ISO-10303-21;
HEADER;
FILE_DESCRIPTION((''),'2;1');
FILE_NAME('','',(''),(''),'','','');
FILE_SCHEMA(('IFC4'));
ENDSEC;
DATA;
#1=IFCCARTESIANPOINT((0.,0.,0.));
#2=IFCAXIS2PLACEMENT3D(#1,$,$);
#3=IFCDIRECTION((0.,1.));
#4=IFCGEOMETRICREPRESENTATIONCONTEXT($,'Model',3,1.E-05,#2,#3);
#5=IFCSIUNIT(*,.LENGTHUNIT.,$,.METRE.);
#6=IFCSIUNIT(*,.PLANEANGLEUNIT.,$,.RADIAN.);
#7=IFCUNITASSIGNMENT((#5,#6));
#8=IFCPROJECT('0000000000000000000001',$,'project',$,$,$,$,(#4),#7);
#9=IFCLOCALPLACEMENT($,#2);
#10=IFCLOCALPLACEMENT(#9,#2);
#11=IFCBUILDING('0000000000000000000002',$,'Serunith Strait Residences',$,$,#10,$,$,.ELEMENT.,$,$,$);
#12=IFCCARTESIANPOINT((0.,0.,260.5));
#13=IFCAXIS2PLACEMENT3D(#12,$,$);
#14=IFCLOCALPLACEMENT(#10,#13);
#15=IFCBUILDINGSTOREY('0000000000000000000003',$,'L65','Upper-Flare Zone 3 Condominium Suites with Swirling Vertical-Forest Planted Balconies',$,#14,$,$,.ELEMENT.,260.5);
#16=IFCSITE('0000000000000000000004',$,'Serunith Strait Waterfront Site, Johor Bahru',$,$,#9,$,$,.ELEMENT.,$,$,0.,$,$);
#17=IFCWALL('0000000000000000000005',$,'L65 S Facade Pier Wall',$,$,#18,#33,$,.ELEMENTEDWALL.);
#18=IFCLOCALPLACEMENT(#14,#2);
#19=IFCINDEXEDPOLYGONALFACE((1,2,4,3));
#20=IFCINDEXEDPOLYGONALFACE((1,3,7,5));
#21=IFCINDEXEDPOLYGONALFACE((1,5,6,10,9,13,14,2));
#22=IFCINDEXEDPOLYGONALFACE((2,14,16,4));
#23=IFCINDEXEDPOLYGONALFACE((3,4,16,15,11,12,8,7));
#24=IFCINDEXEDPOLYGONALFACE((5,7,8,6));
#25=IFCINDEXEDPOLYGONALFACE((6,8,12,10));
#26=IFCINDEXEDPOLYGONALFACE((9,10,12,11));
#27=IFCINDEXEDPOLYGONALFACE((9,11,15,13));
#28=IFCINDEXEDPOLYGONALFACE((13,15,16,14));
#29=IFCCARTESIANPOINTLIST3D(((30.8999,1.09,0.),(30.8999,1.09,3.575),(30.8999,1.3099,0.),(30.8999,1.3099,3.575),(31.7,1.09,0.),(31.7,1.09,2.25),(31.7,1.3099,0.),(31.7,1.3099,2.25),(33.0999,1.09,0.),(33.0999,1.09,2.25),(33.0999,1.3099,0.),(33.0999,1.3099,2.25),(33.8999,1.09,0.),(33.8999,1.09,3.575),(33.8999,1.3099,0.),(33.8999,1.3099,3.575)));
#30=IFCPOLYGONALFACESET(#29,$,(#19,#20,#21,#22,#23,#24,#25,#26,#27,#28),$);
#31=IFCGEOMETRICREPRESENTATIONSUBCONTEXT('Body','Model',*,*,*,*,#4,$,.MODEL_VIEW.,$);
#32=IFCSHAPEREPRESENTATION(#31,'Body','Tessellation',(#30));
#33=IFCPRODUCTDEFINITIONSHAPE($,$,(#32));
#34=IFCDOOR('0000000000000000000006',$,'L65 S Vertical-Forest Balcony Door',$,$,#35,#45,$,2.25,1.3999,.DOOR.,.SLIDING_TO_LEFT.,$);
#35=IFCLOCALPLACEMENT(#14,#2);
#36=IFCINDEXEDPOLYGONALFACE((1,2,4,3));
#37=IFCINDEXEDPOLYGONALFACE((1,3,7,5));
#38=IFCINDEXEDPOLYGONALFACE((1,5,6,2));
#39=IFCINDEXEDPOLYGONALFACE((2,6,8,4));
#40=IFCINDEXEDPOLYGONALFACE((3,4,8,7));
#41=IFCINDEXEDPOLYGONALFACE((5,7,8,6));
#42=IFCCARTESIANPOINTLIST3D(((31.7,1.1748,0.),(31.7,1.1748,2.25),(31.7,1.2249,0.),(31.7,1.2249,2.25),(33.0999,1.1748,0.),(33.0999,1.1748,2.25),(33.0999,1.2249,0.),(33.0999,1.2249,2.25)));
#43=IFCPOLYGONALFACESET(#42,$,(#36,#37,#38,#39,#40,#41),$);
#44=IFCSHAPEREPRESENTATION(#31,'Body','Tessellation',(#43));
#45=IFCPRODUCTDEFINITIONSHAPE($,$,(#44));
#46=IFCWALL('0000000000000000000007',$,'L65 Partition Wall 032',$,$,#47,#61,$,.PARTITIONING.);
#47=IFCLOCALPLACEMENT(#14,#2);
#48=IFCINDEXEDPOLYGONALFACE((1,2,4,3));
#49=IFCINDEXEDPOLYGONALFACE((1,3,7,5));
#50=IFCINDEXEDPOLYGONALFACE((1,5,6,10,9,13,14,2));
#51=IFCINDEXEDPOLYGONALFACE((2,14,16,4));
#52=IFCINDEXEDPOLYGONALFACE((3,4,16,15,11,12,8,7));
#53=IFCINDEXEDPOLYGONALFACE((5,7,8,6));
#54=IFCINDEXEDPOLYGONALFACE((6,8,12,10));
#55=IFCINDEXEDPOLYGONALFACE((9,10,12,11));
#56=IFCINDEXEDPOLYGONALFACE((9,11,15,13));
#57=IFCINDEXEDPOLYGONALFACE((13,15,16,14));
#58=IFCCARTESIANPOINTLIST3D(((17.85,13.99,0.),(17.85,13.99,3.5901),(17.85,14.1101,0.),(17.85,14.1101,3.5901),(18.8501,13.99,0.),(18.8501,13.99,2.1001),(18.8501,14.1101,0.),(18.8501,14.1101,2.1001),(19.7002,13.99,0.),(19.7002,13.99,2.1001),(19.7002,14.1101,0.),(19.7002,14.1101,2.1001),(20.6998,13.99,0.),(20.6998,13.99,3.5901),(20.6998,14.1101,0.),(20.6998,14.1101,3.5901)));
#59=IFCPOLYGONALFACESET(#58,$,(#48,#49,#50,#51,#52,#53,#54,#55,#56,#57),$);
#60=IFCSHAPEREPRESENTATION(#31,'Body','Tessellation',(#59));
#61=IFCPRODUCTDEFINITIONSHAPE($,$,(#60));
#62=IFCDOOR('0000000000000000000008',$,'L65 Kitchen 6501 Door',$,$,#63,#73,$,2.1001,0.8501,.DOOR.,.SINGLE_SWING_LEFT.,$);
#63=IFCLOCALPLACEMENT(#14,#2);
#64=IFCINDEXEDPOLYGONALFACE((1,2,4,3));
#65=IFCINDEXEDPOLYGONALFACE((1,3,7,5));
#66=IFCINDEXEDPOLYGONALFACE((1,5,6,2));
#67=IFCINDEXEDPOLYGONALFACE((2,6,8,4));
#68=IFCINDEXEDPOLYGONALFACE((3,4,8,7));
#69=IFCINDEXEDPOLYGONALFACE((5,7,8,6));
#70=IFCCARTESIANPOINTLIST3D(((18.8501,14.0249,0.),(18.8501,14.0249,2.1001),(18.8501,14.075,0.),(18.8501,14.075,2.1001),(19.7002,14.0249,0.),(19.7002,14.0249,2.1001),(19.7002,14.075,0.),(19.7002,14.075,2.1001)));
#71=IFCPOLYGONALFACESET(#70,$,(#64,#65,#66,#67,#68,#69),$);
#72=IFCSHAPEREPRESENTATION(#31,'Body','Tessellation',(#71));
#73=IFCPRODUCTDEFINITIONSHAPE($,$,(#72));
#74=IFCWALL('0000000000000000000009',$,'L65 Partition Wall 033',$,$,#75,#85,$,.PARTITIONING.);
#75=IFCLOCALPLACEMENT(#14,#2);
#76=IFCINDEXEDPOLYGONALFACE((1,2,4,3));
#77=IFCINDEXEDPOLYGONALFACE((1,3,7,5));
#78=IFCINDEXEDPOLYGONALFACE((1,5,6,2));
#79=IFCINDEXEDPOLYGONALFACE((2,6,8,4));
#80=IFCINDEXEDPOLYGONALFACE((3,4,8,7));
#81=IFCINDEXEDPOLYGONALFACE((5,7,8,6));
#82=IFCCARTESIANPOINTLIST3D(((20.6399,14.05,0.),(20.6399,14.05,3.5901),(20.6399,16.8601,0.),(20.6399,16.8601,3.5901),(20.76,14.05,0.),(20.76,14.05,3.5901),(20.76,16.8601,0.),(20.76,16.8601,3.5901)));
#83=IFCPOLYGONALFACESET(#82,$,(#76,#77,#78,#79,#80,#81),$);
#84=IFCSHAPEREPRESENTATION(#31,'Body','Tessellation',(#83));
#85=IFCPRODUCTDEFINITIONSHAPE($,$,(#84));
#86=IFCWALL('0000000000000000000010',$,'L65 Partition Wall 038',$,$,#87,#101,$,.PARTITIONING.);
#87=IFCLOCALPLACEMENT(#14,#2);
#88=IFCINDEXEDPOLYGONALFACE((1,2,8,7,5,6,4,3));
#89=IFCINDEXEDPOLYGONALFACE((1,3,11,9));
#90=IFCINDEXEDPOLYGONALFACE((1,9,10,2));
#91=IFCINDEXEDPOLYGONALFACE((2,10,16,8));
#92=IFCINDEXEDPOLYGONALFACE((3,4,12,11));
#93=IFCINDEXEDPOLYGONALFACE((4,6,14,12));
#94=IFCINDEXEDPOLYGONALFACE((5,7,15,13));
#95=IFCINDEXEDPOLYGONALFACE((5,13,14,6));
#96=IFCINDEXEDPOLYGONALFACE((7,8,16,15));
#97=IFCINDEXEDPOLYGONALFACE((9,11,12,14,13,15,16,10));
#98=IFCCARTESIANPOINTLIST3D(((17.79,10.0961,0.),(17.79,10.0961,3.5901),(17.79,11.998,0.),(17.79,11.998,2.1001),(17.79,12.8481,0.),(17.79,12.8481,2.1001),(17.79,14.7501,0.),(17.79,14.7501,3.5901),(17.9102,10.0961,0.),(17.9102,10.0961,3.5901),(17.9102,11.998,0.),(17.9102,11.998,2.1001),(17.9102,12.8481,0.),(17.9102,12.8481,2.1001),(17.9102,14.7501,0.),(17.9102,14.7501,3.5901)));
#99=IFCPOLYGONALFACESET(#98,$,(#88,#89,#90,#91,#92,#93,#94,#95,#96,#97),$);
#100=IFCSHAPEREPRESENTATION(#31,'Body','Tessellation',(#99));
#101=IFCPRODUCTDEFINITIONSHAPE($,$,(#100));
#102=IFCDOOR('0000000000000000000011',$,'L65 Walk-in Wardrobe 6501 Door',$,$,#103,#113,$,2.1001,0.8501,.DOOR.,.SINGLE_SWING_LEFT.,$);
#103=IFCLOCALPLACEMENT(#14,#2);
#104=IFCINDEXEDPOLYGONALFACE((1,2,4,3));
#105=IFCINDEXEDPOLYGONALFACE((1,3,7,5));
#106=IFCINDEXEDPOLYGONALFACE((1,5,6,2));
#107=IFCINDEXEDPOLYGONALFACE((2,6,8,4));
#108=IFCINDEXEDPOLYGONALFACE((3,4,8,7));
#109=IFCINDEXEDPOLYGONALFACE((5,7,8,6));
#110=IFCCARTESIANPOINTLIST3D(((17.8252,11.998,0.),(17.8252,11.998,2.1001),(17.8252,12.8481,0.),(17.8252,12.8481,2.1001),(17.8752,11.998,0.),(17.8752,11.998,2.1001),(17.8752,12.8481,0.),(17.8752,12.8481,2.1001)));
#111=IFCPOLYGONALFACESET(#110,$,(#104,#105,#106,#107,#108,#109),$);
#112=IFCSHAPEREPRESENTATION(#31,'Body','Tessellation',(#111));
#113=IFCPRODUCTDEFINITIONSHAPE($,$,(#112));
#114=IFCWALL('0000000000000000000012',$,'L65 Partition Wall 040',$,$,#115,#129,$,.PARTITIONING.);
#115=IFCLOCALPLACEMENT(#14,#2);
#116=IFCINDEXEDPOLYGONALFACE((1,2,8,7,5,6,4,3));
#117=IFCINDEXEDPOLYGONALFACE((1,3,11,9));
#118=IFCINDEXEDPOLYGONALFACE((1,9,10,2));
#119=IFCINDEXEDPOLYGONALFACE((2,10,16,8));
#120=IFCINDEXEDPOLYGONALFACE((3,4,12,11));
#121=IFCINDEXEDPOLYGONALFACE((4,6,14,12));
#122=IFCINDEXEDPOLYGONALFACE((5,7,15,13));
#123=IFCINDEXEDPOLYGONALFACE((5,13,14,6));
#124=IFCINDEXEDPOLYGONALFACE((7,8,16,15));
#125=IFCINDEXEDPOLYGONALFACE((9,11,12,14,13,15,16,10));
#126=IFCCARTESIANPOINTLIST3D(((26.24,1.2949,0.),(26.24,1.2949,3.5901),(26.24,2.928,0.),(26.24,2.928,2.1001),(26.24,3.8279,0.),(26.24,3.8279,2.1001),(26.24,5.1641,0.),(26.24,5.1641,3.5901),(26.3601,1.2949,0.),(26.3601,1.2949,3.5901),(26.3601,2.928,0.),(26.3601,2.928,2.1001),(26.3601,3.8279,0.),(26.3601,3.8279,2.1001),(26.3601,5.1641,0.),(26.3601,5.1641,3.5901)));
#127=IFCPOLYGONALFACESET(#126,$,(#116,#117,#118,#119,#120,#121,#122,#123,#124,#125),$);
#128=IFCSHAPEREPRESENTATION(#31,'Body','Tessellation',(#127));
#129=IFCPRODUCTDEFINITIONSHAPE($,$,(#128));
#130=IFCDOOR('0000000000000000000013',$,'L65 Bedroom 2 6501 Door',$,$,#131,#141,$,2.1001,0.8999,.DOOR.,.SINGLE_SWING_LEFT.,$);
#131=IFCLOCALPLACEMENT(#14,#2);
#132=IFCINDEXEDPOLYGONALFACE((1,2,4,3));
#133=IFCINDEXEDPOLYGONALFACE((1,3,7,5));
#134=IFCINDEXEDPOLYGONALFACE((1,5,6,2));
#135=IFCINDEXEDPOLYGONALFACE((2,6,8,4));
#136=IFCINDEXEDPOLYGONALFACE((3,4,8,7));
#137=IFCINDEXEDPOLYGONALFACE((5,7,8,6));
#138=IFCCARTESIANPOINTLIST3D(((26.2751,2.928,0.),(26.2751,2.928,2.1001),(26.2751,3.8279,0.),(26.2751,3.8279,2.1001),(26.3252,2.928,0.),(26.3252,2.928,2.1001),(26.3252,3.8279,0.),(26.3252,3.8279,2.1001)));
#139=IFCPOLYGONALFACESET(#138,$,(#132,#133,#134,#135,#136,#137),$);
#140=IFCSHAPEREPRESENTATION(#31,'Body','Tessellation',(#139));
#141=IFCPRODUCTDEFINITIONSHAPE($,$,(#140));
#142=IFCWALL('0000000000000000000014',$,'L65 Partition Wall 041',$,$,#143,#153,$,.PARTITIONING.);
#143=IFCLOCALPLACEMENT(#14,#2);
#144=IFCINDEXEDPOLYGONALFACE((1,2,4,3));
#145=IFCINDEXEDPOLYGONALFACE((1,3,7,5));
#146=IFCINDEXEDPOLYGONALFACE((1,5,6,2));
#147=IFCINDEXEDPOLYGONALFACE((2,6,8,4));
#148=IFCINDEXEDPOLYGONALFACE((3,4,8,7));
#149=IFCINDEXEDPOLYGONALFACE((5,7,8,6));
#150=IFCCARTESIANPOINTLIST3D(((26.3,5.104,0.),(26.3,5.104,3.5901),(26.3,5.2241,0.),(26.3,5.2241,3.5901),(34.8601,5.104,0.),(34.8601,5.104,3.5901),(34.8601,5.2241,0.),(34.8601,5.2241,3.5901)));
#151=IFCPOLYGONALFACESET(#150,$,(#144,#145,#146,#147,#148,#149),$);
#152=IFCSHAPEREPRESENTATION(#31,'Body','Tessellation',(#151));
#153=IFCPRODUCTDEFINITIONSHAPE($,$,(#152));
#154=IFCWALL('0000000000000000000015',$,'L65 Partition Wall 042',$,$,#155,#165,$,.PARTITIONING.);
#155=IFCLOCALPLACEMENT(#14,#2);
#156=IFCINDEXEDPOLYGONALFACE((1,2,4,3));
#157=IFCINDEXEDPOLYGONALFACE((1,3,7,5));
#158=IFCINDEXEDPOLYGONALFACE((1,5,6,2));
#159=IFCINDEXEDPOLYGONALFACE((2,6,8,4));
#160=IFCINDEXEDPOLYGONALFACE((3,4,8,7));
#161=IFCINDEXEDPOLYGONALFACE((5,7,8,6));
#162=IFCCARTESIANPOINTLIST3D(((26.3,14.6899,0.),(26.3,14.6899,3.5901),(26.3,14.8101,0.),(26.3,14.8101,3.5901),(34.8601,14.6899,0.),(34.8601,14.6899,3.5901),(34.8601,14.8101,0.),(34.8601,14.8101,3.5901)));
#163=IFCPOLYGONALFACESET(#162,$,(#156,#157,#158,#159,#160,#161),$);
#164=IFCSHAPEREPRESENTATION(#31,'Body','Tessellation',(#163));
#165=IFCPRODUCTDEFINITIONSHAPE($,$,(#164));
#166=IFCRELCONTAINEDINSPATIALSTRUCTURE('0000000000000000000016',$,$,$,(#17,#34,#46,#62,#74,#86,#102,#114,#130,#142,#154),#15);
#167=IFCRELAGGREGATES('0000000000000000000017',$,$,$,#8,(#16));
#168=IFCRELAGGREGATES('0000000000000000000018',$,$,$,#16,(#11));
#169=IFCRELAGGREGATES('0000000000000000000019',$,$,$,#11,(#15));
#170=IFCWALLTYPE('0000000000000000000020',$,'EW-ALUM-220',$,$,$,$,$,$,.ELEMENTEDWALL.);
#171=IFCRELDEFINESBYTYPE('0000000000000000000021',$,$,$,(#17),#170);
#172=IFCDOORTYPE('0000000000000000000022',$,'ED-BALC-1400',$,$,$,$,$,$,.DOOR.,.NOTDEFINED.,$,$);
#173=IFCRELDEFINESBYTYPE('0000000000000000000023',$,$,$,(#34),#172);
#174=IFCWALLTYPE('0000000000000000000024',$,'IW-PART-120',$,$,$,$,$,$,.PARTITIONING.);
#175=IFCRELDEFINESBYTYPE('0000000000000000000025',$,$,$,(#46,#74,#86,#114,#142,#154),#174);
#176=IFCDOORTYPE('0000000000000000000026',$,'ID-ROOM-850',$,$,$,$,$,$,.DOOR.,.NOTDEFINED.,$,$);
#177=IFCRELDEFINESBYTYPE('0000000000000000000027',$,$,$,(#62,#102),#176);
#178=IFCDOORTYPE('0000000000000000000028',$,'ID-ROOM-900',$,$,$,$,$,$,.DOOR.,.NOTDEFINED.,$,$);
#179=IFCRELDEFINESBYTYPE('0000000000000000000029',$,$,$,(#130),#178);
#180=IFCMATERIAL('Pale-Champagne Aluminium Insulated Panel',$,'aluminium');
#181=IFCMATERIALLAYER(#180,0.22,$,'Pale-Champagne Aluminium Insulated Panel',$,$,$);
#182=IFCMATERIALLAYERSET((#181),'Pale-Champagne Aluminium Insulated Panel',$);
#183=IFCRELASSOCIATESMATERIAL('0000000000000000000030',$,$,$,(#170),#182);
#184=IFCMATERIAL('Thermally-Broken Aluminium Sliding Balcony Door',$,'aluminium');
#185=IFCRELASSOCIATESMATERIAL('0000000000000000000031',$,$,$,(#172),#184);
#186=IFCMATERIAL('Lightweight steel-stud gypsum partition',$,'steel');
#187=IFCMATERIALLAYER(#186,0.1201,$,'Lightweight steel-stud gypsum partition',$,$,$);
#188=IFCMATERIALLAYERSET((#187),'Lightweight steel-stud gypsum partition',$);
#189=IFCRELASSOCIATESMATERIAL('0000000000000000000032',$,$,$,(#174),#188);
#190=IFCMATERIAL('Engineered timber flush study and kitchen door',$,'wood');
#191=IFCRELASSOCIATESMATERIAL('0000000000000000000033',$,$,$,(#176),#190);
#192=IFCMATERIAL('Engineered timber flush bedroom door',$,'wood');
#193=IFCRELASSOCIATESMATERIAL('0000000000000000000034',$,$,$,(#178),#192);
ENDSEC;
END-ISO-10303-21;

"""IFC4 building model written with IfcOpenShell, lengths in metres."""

from ifc_helpers import new_model, si_unit, direction, frame, frame_2d, origin, place, context, subcontext, project, spatial, rectangle, extrude, source, transform, mapped, material, layer, layer_set, type_object, element, fill, save


model = new_model("IFC4")

# Units and contexts
model_context = context("Model", 3, precision=1e-05, world=origin(), true_north=direction((0.0, 1.0)))
body_context = subcontext(model_context, "Body", "Model", "MODEL_VIEW")
ifc_project = project(units=[si_unit("LENGTHUNIT", "METRE"), si_unit("PLANEANGLEUNIT", "RADIAN")], contexts=[model_context])

# Site, building, storey
site_placement = place(None, origin())
site = spatial("IfcSite", under=ifc_project, at=site_placement, Name="Serunith Strait Waterfront Site, Johor Bahru", CompositionType="ELEMENT", RefElevation=0.0)
building_placement = place(site_placement, origin())
building = spatial("IfcBuilding", under=site, at=building_placement, Name="Serunith Strait Residences", CompositionType="ELEMENT")
storey_placement = place(building_placement, frame((0.0, 0.0, 260.5)))
storey = spatial("IfcBuildingStorey", under=building, at=storey_placement, Name="L65", Description="Upper-Flare Zone 3 Condominium Suites with Swirling Vertical-Forest Planted Balconies", CompositionType="ELEMENT", Elevation=260.5)

# Walls, openings, doors
ifc_material_1 = material(Name="Pale-Champagne Aluminium Insulated Panel", Category="aluminium")
ifc_layer_1 = layer(ifc_material_1, 0.22, Name="Pale-Champagne Aluminium Insulated Panel")
ifc_layer_set_1 = layer_set([ifc_layer_1], Name="Pale-Champagne Aluminium Insulated Panel")
wall_type_1 = type_object("IfcWallType", Name="EW-ALUM-220", PredefinedType="ELEMENTEDWALL", material=ifc_layer_set_1)
wall_1_placement = place(storey_placement, frame((30.8999, 1.2, 0.0), z_axis=(0.0, 0.0, 1.0), x_axis=(1.0, 0.0, 0.0)))
wall_1 = element("IfcWall", 1, at=wall_1_placement, inside=storey, type_object=wall_type_1, Name="L65 S Facade Pier Wall", PredefinedType="ELEMENTEDWALL", context=body_context, shape_type="SweptSolid", body=[
    extrude(rectangle(XDim=3.0, YDim=0.22, at=frame_2d((1.5, 0.0))), origin(), (0.0, 0.0, 1.0), 3.575),
])
opening_1_placement = place(wall_1_placement, frame((0.8, 0.0, 0.0)))
opening_1 = element("IfcOpeningElement", 2, at=opening_1_placement, cuts=wall_1, PredefinedType="OPENING", context=body_context, shape_type="SweptSolid", body=[
    extrude(rectangle(XDim=1.3999, YDim=2.25, at=frame_2d((0.7, 1.125))), frame((0.0, 0.1201, 0.0), z_axis=(0.0, -1.0, 0.0), x_axis=(1.0, 0.0, 0.0)), (0.0, 0.0, 1.0), 0.24),
])
ifc_material_2 = material(Name="Thermally-Broken Aluminium Sliding Balcony Door", Category="aluminium")
door_type_1 = type_object("IfcDoorType", Name="ED-BALC-1400", OperationType="NOTDEFINED", PredefinedType="DOOR", material=ifc_material_2)
shared_shape_1 = source(origin(), body_context, "Body", "SweptSolid", [
    extrude(rectangle(XDim=1.3999, YDim=2.25, at=frame_2d((0.7, 1.125))), frame((0.0, 0.0249, 0.0), z_axis=(0.0, -1.0, 0.0), x_axis=(1.0, 0.0, 0.0)), (0.0, 0.0, 1.0), 0.05),
])
door_1_placement = place(opening_1_placement, origin())
door_1 = element("IfcDoor", 3, at=door_1_placement, inside=storey, type_object=door_type_1, Name="L65 S Vertical-Forest Balcony Door", OperationType="SLIDING_TO_LEFT", OverallHeight=2.25, OverallWidth=1.3999, PredefinedType="DOOR", context=body_context, shape_type="MappedRepresentation", body=[
    mapped(shared_shape_1, transform((0.0, 0.0, 0.0), scale=1.0)),
])
fill(opening_1, door_1)
ifc_material_3 = material(Name="Lightweight steel-stud gypsum partition", Category="steel")
ifc_layer_2 = layer(ifc_material_3, 0.1201, Name="Lightweight steel-stud gypsum partition")
ifc_layer_set_2 = layer_set([ifc_layer_2], Name="Lightweight steel-stud gypsum partition")
wall_type_2 = type_object("IfcWallType", Name="IW-PART-120", PredefinedType="PARTITIONING", material=ifc_layer_set_2)
wall_2_placement = place(storey_placement, frame((17.8501, 14.05, 0.0), z_axis=(0.0, 0.0, 1.0), x_axis=(1.0, 0.0, 0.0)))
wall_2 = element("IfcWall", 4, at=wall_2_placement, inside=storey, type_object=wall_type_2, Name="L65 Partition Wall 032", PredefinedType="PARTITIONING", context=body_context, shape_type="SweptSolid", body=[
    extrude(rectangle(XDim=2.8499, YDim=0.1201, at=frame_2d((1.4248, 0.0))), origin(), (0.0, 0.0, 1.0), 3.5901),
])
opening_2_placement = place(wall_2_placement, frame((1.0, 0.0, 0.0)))
opening_2 = element("IfcOpeningElement", 5, at=opening_2_placement, cuts=wall_2, PredefinedType="OPENING", context=body_context, shape_type="SweptSolid", body=[
    extrude(rectangle(XDim=0.8501, YDim=2.1001, at=frame_2d((0.425, 1.05))), frame((0.0, 0.0701, 0.0), z_axis=(0.0, -1.0, 0.0), x_axis=(1.0, 0.0, 0.0)), (0.0, 0.0, 1.0), 0.1401),
])
ifc_material_4 = material(Name="Engineered timber flush study and kitchen door", Category="wood")
door_type_2 = type_object("IfcDoorType", Name="ID-ROOM-850", OperationType="NOTDEFINED", PredefinedType="DOOR", material=ifc_material_4)
shared_shape_2 = source(origin(), body_context, "Body", "SweptSolid", [
    extrude(rectangle(XDim=0.8501, YDim=2.1001, at=frame_2d((0.425, 1.05))), frame((0.0, 0.0249, 0.0), z_axis=(0.0, -1.0, 0.0), x_axis=(1.0, 0.0, 0.0)), (0.0, 0.0, 1.0), 0.05),
])
door_2_placement = place(opening_2_placement, origin())
door_2 = element("IfcDoor", 6, at=door_2_placement, inside=storey, type_object=door_type_2, Name="L65 Kitchen 6501 Door", OperationType="SINGLE_SWING_LEFT", OverallHeight=2.1001, OverallWidth=0.8501, PredefinedType="DOOR", context=body_context, shape_type="MappedRepresentation", body=[
    mapped(shared_shape_2, transform((0.0, 0.0, 0.0), scale=1.0)),
])
fill(opening_2, door_2)

# Wall
wall_3_placement = place(storey_placement, frame((20.7, 14.05, 0.0), z_axis=(0.0, 0.0, 1.0), x_axis=(0.0, 1.0, 0.0)))
element("IfcWall", 7, at=wall_3_placement, inside=storey, type_object=wall_type_2, Name="L65 Partition Wall 033", PredefinedType="PARTITIONING", context=body_context, shape_type="SweptSolid", body=[
    extrude(rectangle(XDim=2.8101, YDim=0.1201, at=frame_2d((1.405, 0.0))), origin(), (0.0, 0.0, 1.0), 3.5901),
])

# Walls, openings, doors
wall_4_placement = place(storey_placement, frame((17.8501, 10.0959, 0.0), z_axis=(0.0, 0.0, 1.0), x_axis=(0.0, 1.0, 0.0)))
wall_4 = element("IfcWall", 8, at=wall_4_placement, inside=storey, type_object=wall_type_2, Name="L65 Partition Wall 038", PredefinedType="PARTITIONING", context=body_context, shape_type="SweptSolid", body=[
    extrude(rectangle(XDim=4.6541, YDim=0.1201, at=frame_2d((2.3271, 0.0))), origin(), (0.0, 0.0, 1.0), 3.5901),
])
opening_3_placement = place(wall_4_placement, frame((1.9021, 0.0, 0.0)))
opening_3 = element("IfcOpeningElement", 9, at=opening_3_placement, cuts=wall_4, PredefinedType="OPENING", context=body_context, shape_type="SweptSolid", body=[
    extrude(rectangle(XDim=0.8501, YDim=2.1001, at=frame_2d((0.425, 1.05))), frame((0.0, 0.0701, 0.0), z_axis=(0.0, -1.0, 0.0), x_axis=(1.0, 0.0, 0.0)), (0.0, 0.0, 1.0), 0.1401),
])
door_3_placement = place(opening_3_placement, origin())
door_3 = element("IfcDoor", 10, at=door_3_placement, inside=storey, type_object=door_type_2, Name="L65 Walk-in Wardrobe 6501 Door", OperationType="SINGLE_SWING_LEFT", OverallHeight=2.1001, OverallWidth=0.8501, PredefinedType="DOOR", context=body_context, shape_type="MappedRepresentation", body=[
    mapped(shared_shape_2, transform((0.0, 0.0, 0.0), scale=1.0)),
])
fill(opening_3, door_3)
wall_5_placement = place(storey_placement, frame((26.3, 1.2949, 0.0), z_axis=(0.0, 0.0, 1.0), x_axis=(0.0, 1.0, 0.0)))
wall_5 = element("IfcWall", 11, at=wall_5_placement, inside=storey, type_object=wall_type_2, Name="L65 Partition Wall 040", PredefinedType="PARTITIONING", context=body_context, shape_type="SweptSolid", body=[
    extrude(rectangle(XDim=3.8691, YDim=0.1201, at=frame_2d((1.9346, 0.0))), origin(), (0.0, 0.0, 1.0), 3.5901),
])
opening_4_placement = place(wall_5_placement, frame((1.6331, 0.0, 0.0)))
opening_4 = element("IfcOpeningElement", 12, at=opening_4_placement, cuts=wall_5, PredefinedType="OPENING", context=body_context, shape_type="SweptSolid", body=[
    extrude(rectangle(XDim=0.8999, YDim=2.1001, at=frame_2d((0.45, 1.05))), frame((0.0, 0.0701, 0.0), z_axis=(0.0, -1.0, 0.0), x_axis=(1.0, 0.0, 0.0)), (0.0, 0.0, 1.0), 0.1401),
])
ifc_material_5 = material(Name="Engineered timber flush bedroom door", Category="wood")
door_type_3 = type_object("IfcDoorType", Name="ID-ROOM-900", OperationType="NOTDEFINED", PredefinedType="DOOR", material=ifc_material_5)
shared_shape_3 = source(origin(), body_context, "Body", "SweptSolid", [
    extrude(rectangle(XDim=0.8999, YDim=2.1001, at=frame_2d((0.45, 1.05))), frame((0.0, 0.0249, 0.0), z_axis=(0.0, -1.0, 0.0), x_axis=(1.0, 0.0, 0.0)), (0.0, 0.0, 1.0), 0.05),
])
door_4_placement = place(opening_4_placement, origin())
door_4 = element("IfcDoor", 13, at=door_4_placement, inside=storey, type_object=door_type_3, Name="L65 Bedroom 2 6501 Door", OperationType="SINGLE_SWING_LEFT", OverallHeight=2.1001, OverallWidth=0.8999, PredefinedType="DOOR", context=body_context, shape_type="MappedRepresentation", body=[
    mapped(shared_shape_3, transform((0.0, 0.0, 0.0), scale=1.0)),
])
fill(opening_4, door_4)

# Walls
for number, where, z_axis, x_axis, name in (
    (14, (26.3, 5.1641, 0.0), (0.0, 0.0, 1.0), (1.0, 0.0, 0.0), "L65 Partition Wall 041"),
    (15, (26.3, 14.75, 0.0), (0.0, 0.0, 1.0), (1.0, 0.0, 0.0), "L65 Partition Wall 042"),
):
    element("IfcWall", number, at=place(storey_placement, frame(where, z_axis=z_axis, x_axis=x_axis)), inside=storey, type_object=wall_type_2, Name=name, PredefinedType="PARTITIONING", context=body_context, shape_type="SweptSolid", body=[
        extrude(rectangle(XDim=8.5601, YDim=0.1201, at=frame_2d((4.28, 0.0))), origin(), (0.0, 0.0, 1.0), 3.5901),
    ])

save(model, "model.ifc")
